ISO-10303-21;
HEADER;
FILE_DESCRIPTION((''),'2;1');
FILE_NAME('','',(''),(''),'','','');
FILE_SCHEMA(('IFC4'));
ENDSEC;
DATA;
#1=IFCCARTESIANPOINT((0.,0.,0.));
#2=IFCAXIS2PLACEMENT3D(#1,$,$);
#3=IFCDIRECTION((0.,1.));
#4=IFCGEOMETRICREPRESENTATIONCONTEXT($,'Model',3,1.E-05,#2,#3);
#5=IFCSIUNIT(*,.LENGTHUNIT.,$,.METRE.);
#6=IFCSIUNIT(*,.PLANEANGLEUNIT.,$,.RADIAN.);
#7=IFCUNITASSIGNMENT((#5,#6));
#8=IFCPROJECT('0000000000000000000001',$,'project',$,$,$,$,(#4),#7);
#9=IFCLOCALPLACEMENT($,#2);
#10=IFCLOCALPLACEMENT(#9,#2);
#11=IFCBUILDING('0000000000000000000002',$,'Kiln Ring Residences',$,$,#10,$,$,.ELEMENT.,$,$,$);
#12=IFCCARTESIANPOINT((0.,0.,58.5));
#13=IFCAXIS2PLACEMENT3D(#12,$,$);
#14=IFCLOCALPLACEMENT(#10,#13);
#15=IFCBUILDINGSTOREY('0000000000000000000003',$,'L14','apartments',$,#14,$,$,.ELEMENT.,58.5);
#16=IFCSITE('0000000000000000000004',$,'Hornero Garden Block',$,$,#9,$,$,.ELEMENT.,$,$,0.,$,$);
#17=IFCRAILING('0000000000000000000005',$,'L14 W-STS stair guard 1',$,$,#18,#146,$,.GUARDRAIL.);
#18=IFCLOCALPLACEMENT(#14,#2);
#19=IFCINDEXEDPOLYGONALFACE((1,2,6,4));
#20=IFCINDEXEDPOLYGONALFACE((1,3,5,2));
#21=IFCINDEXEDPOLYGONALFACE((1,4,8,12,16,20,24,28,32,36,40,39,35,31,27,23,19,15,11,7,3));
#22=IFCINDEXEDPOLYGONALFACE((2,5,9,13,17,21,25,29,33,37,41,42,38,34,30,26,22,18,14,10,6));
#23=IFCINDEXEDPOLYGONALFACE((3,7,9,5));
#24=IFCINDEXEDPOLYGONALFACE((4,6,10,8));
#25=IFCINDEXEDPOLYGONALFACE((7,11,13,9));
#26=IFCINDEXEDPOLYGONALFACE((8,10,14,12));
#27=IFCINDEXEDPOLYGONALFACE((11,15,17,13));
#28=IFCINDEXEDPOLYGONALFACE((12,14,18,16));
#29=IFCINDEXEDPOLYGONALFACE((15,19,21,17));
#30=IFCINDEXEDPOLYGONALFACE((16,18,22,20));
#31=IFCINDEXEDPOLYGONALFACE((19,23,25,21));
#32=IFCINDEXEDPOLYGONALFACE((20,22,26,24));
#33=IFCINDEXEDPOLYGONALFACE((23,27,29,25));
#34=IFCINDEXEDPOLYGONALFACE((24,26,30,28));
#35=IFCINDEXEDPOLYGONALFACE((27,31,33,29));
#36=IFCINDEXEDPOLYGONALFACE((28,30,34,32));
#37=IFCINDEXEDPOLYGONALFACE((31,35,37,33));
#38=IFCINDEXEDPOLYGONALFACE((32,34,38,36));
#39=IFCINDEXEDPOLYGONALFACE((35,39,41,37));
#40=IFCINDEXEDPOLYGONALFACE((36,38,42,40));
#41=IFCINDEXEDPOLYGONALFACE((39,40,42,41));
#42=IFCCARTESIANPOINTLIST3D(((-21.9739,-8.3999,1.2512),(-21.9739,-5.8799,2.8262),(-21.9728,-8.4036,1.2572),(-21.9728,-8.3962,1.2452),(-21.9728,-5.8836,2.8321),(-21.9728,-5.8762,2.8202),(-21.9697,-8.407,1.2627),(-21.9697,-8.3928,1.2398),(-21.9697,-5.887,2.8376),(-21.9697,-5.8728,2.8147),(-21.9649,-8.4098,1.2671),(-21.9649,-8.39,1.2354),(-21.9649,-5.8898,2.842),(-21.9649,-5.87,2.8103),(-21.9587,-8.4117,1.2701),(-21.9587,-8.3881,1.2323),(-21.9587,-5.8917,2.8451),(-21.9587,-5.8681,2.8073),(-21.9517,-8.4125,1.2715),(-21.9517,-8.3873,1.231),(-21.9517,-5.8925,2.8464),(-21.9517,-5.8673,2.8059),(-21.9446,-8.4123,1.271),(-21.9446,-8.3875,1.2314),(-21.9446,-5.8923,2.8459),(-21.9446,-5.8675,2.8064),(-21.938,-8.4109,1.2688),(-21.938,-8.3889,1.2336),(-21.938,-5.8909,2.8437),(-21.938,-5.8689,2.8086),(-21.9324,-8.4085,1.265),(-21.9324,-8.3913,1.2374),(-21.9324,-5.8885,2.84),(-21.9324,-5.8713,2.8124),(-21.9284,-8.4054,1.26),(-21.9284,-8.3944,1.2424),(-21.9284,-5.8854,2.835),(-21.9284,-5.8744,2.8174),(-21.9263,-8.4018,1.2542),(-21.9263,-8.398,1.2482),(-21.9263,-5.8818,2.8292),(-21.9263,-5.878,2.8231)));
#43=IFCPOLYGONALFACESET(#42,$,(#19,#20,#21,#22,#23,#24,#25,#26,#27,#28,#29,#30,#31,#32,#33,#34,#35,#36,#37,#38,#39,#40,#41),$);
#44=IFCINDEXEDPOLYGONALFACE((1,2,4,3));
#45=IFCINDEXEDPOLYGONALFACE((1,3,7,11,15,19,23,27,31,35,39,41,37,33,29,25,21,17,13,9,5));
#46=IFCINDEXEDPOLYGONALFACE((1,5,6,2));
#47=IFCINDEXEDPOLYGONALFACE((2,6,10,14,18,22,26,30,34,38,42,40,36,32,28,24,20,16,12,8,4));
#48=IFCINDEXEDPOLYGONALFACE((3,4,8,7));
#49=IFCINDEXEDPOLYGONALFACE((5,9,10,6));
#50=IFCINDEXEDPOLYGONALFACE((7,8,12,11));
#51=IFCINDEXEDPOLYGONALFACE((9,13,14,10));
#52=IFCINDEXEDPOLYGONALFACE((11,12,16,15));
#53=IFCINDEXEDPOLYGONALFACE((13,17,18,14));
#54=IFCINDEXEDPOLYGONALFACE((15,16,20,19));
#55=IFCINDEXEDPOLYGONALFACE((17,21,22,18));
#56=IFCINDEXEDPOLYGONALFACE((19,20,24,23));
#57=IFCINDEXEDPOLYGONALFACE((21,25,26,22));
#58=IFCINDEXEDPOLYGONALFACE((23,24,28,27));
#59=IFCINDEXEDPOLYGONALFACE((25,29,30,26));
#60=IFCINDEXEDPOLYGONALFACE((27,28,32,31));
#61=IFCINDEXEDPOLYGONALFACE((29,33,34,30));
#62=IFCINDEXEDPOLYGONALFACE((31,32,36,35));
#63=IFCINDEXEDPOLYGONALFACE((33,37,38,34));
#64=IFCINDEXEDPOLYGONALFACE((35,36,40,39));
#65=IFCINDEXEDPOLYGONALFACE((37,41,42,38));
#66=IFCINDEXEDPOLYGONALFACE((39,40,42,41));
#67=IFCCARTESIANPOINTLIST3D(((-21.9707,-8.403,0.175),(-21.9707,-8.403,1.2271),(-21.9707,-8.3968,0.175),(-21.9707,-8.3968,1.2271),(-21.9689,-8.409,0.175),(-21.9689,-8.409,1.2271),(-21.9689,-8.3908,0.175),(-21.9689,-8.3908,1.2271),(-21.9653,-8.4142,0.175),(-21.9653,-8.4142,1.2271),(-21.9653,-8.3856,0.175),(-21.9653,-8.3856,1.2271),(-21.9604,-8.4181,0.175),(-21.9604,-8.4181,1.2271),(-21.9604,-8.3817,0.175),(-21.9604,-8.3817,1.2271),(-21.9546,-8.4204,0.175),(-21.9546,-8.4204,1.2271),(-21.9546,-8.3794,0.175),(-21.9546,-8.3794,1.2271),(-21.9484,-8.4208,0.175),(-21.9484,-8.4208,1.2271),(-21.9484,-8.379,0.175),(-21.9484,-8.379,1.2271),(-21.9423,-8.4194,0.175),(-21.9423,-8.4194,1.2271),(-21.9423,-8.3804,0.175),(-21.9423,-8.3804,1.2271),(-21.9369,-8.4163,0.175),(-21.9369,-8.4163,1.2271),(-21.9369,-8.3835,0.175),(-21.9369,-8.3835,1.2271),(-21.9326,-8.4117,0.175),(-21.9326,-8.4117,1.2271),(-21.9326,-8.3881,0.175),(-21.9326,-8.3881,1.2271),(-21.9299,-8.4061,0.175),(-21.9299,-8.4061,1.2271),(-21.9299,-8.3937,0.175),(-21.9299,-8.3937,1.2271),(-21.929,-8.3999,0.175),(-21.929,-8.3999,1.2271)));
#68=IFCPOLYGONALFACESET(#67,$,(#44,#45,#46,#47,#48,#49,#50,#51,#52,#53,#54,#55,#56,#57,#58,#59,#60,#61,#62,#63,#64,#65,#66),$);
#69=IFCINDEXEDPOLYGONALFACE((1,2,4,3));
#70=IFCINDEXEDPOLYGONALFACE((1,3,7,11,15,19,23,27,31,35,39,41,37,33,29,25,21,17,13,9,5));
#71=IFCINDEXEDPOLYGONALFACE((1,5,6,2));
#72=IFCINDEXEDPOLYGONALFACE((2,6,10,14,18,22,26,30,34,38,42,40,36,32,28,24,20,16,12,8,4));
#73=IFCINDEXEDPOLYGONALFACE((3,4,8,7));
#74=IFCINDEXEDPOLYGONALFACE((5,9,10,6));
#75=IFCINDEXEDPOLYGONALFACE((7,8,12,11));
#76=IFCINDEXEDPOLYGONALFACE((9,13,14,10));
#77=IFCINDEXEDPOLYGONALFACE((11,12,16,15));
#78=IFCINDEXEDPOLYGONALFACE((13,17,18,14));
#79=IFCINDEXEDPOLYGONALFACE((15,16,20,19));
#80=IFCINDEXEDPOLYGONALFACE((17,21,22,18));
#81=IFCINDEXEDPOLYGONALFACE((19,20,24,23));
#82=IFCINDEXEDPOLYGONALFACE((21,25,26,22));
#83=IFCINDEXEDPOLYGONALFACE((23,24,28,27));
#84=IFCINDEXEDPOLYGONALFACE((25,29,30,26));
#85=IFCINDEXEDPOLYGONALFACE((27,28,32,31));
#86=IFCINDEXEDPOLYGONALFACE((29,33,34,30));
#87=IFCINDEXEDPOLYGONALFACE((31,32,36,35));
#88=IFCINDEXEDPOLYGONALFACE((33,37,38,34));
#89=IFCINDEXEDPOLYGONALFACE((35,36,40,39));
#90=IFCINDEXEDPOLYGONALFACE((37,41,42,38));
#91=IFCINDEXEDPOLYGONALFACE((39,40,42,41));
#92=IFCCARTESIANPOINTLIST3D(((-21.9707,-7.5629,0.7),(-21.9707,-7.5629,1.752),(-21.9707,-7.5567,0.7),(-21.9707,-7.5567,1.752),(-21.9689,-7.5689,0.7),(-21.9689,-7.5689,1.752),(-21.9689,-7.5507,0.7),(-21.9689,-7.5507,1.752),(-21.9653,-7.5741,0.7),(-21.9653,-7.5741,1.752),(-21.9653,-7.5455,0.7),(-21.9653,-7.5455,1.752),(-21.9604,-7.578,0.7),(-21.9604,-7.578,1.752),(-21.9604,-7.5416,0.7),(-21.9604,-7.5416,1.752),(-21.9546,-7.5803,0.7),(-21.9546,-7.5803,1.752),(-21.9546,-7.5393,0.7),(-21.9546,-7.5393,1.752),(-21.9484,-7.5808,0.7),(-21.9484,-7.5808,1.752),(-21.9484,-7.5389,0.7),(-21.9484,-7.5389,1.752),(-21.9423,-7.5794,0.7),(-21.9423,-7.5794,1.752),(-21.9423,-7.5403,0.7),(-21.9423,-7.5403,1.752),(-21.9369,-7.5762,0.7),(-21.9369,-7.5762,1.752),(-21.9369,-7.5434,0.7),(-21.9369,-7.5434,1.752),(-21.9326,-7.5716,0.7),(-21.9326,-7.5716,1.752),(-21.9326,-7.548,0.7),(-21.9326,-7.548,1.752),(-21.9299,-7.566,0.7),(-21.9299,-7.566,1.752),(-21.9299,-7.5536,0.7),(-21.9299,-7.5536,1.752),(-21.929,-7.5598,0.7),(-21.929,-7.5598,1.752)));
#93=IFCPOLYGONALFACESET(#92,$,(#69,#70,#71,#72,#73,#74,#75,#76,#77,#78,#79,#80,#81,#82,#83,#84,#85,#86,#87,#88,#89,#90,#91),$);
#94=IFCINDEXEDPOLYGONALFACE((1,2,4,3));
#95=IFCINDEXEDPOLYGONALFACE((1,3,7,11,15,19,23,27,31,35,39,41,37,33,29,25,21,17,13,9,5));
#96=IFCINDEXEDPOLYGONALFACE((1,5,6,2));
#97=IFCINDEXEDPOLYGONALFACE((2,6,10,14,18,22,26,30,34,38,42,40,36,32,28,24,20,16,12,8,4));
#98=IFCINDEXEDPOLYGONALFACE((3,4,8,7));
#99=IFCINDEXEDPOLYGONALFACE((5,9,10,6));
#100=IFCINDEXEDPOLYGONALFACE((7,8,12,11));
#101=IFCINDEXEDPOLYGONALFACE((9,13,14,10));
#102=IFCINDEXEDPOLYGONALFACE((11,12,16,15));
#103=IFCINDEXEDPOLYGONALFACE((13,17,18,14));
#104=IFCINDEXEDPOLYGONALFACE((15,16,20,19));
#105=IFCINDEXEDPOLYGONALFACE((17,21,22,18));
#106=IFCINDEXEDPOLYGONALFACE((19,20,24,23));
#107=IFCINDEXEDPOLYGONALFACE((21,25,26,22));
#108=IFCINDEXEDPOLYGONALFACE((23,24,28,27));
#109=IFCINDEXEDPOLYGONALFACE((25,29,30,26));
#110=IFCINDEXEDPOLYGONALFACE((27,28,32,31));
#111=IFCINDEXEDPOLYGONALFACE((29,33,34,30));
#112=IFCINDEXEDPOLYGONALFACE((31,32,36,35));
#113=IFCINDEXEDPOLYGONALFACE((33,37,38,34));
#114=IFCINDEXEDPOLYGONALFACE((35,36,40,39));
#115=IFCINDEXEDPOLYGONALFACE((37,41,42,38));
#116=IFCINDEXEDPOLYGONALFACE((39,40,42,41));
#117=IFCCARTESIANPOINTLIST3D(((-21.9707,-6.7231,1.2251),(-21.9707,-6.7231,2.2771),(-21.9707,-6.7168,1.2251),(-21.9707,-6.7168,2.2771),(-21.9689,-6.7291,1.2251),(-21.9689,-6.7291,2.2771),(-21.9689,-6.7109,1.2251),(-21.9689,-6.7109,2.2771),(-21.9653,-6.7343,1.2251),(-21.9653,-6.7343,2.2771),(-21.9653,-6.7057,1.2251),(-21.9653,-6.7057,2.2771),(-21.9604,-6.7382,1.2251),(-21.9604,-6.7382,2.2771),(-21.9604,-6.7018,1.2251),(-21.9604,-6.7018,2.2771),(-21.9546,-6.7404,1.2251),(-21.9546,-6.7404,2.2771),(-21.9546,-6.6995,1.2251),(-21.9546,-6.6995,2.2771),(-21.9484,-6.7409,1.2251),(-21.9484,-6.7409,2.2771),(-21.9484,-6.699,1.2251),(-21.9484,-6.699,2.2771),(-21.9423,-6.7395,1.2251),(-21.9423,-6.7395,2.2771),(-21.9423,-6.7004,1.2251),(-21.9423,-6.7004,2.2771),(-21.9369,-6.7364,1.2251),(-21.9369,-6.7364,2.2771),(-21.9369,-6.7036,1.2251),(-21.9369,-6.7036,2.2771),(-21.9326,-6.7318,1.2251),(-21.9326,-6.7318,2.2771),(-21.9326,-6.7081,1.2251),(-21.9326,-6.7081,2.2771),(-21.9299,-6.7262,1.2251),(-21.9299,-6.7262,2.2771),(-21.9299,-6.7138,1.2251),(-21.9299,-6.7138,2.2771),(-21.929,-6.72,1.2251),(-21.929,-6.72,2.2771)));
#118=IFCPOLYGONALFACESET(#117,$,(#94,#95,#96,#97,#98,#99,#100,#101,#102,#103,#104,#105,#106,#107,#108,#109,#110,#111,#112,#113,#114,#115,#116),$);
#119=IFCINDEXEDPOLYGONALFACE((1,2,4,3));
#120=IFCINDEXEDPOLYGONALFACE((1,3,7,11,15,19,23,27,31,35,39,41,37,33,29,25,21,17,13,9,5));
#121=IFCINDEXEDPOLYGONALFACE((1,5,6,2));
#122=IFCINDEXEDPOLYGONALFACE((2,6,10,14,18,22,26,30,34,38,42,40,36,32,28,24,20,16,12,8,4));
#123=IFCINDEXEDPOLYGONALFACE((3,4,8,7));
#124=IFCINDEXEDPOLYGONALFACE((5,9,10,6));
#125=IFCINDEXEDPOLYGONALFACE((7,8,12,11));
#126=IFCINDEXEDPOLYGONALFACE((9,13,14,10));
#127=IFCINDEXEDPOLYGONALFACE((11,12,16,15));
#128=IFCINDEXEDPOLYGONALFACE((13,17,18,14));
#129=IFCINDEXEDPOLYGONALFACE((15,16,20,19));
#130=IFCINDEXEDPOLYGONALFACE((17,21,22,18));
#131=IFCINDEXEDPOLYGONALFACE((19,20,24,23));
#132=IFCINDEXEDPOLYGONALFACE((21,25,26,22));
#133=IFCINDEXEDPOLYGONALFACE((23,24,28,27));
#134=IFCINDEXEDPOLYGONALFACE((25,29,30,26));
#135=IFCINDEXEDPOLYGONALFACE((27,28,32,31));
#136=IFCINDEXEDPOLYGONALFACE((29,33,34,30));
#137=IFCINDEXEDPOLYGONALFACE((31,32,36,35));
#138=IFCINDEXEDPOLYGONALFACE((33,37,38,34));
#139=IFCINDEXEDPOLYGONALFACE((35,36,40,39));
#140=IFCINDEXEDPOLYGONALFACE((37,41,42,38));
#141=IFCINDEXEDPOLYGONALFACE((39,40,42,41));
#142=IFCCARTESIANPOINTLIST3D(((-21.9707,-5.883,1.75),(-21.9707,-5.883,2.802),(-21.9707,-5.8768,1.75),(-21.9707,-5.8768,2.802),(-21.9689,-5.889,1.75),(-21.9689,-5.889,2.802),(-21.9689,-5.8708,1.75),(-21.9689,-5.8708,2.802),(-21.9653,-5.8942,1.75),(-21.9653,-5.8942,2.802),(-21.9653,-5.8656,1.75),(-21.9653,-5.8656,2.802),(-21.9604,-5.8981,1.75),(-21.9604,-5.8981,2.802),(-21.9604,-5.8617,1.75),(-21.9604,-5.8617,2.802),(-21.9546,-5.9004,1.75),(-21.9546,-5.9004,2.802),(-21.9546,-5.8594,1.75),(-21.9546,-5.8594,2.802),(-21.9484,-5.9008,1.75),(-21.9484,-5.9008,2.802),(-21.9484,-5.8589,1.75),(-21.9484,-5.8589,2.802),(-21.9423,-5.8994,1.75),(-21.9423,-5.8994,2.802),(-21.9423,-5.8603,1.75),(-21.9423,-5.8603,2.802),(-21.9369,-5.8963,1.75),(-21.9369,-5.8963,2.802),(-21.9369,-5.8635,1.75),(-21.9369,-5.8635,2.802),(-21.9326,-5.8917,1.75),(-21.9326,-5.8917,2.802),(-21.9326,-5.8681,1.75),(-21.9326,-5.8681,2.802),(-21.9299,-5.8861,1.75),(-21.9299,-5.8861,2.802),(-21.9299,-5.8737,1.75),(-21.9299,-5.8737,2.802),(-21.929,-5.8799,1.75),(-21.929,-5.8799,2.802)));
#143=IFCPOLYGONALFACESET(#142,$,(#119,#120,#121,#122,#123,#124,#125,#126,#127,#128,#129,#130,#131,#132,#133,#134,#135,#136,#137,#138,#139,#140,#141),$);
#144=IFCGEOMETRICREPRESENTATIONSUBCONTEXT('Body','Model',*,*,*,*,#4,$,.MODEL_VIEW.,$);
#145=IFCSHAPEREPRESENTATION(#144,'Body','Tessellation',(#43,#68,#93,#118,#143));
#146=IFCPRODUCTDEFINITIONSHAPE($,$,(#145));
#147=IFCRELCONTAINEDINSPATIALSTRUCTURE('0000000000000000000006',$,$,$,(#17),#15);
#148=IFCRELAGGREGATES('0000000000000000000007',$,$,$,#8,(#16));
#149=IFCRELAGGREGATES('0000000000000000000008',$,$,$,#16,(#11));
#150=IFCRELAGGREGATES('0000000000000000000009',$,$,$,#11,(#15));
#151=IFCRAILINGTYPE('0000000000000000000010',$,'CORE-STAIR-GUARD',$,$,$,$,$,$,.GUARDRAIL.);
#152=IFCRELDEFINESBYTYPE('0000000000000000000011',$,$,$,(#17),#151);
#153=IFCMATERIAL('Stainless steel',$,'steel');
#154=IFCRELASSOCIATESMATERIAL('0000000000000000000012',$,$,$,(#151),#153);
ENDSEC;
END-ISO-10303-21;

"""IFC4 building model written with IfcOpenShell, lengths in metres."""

from ifc_helpers import new_model, si_unit, direction, frame, origin, origin_2d, place, context, subcontext, project, spatial, circle, extrude, material, type_object, element, save


model = new_model("IFC4")

# Units and contexts
model_context = context("Model", 3, precision=1e-05, world=origin(), true_north=direction((0.0, 1.0)))
body_context = subcontext(model_context, "Body", "Model", "MODEL_VIEW")
ifc_project = project(units=[si_unit("LENGTHUNIT", "METRE"), si_unit("PLANEANGLEUNIT", "RADIAN")], contexts=[model_context])

# Site, building, storey
site_placement = place(None, origin())
site = spatial("IfcSite", under=ifc_project, at=site_placement, Name="Hornero Garden Block", CompositionType="ELEMENT", RefElevation=0.0)
building_placement = place(site_placement, origin())
building = spatial("IfcBuilding", under=site, at=building_placement, Name="Kiln Ring Residences", CompositionType="ELEMENT")
storey_placement = place(building_placement, frame((0.0, 0.0, 58.5)))
storey = spatial("IfcBuildingStorey", under=building, at=storey_placement, Name="L14", Description="apartments", CompositionType="ELEMENT", Elevation=58.5)

# Railing
ifc_material_1 = material(Name="Stainless steel", Category="steel")
railing_type_1 = type_object("IfcRailingType", Name="CORE-STAIR-GUARD", PredefinedType="GUARDRAIL", material=ifc_material_1)
railing_1_placement = place(storey_placement, frame((-21.95, -8.3999, 0.175)))
element("IfcRailing", 1, at=railing_1_placement, inside=storey, type_object=railing_type_1, Name="L14 W-STS stair guard 1", PredefinedType="GUARDRAIL", context=body_context, shape_type="SweptSolid", body=[
    extrude(circle(Radius=0.0239, at=origin_2d()), frame((0.0, 0.0, 1.0762), z_axis=(0.0, 0.848008, 0.529984), x_axis=(-1.0, 0.0, 0.0)), (0.0, 0.0, 1.0), 2.9717),
    extrude(circle(Radius=0.021, at=origin_2d()), origin(), (0.0, 0.0, 1.0), 1.052),
    extrude(circle(Radius=0.021, at=origin_2d()), frame((0.0, 0.8401, 0.5249)), (0.0, 0.0, 1.0), 1.052),
    extrude(circle(Radius=0.021, at=origin_2d()), frame((0.0, 1.6799, 1.05)), (0.0, 0.0, 1.0), 1.052),
    extrude(circle(Radius=0.021, at=origin_2d()), frame((0.0, 2.52, 1.575)), (0.0, 0.0, 1.0), 1.052),
])

save(model, "model.ifc")
